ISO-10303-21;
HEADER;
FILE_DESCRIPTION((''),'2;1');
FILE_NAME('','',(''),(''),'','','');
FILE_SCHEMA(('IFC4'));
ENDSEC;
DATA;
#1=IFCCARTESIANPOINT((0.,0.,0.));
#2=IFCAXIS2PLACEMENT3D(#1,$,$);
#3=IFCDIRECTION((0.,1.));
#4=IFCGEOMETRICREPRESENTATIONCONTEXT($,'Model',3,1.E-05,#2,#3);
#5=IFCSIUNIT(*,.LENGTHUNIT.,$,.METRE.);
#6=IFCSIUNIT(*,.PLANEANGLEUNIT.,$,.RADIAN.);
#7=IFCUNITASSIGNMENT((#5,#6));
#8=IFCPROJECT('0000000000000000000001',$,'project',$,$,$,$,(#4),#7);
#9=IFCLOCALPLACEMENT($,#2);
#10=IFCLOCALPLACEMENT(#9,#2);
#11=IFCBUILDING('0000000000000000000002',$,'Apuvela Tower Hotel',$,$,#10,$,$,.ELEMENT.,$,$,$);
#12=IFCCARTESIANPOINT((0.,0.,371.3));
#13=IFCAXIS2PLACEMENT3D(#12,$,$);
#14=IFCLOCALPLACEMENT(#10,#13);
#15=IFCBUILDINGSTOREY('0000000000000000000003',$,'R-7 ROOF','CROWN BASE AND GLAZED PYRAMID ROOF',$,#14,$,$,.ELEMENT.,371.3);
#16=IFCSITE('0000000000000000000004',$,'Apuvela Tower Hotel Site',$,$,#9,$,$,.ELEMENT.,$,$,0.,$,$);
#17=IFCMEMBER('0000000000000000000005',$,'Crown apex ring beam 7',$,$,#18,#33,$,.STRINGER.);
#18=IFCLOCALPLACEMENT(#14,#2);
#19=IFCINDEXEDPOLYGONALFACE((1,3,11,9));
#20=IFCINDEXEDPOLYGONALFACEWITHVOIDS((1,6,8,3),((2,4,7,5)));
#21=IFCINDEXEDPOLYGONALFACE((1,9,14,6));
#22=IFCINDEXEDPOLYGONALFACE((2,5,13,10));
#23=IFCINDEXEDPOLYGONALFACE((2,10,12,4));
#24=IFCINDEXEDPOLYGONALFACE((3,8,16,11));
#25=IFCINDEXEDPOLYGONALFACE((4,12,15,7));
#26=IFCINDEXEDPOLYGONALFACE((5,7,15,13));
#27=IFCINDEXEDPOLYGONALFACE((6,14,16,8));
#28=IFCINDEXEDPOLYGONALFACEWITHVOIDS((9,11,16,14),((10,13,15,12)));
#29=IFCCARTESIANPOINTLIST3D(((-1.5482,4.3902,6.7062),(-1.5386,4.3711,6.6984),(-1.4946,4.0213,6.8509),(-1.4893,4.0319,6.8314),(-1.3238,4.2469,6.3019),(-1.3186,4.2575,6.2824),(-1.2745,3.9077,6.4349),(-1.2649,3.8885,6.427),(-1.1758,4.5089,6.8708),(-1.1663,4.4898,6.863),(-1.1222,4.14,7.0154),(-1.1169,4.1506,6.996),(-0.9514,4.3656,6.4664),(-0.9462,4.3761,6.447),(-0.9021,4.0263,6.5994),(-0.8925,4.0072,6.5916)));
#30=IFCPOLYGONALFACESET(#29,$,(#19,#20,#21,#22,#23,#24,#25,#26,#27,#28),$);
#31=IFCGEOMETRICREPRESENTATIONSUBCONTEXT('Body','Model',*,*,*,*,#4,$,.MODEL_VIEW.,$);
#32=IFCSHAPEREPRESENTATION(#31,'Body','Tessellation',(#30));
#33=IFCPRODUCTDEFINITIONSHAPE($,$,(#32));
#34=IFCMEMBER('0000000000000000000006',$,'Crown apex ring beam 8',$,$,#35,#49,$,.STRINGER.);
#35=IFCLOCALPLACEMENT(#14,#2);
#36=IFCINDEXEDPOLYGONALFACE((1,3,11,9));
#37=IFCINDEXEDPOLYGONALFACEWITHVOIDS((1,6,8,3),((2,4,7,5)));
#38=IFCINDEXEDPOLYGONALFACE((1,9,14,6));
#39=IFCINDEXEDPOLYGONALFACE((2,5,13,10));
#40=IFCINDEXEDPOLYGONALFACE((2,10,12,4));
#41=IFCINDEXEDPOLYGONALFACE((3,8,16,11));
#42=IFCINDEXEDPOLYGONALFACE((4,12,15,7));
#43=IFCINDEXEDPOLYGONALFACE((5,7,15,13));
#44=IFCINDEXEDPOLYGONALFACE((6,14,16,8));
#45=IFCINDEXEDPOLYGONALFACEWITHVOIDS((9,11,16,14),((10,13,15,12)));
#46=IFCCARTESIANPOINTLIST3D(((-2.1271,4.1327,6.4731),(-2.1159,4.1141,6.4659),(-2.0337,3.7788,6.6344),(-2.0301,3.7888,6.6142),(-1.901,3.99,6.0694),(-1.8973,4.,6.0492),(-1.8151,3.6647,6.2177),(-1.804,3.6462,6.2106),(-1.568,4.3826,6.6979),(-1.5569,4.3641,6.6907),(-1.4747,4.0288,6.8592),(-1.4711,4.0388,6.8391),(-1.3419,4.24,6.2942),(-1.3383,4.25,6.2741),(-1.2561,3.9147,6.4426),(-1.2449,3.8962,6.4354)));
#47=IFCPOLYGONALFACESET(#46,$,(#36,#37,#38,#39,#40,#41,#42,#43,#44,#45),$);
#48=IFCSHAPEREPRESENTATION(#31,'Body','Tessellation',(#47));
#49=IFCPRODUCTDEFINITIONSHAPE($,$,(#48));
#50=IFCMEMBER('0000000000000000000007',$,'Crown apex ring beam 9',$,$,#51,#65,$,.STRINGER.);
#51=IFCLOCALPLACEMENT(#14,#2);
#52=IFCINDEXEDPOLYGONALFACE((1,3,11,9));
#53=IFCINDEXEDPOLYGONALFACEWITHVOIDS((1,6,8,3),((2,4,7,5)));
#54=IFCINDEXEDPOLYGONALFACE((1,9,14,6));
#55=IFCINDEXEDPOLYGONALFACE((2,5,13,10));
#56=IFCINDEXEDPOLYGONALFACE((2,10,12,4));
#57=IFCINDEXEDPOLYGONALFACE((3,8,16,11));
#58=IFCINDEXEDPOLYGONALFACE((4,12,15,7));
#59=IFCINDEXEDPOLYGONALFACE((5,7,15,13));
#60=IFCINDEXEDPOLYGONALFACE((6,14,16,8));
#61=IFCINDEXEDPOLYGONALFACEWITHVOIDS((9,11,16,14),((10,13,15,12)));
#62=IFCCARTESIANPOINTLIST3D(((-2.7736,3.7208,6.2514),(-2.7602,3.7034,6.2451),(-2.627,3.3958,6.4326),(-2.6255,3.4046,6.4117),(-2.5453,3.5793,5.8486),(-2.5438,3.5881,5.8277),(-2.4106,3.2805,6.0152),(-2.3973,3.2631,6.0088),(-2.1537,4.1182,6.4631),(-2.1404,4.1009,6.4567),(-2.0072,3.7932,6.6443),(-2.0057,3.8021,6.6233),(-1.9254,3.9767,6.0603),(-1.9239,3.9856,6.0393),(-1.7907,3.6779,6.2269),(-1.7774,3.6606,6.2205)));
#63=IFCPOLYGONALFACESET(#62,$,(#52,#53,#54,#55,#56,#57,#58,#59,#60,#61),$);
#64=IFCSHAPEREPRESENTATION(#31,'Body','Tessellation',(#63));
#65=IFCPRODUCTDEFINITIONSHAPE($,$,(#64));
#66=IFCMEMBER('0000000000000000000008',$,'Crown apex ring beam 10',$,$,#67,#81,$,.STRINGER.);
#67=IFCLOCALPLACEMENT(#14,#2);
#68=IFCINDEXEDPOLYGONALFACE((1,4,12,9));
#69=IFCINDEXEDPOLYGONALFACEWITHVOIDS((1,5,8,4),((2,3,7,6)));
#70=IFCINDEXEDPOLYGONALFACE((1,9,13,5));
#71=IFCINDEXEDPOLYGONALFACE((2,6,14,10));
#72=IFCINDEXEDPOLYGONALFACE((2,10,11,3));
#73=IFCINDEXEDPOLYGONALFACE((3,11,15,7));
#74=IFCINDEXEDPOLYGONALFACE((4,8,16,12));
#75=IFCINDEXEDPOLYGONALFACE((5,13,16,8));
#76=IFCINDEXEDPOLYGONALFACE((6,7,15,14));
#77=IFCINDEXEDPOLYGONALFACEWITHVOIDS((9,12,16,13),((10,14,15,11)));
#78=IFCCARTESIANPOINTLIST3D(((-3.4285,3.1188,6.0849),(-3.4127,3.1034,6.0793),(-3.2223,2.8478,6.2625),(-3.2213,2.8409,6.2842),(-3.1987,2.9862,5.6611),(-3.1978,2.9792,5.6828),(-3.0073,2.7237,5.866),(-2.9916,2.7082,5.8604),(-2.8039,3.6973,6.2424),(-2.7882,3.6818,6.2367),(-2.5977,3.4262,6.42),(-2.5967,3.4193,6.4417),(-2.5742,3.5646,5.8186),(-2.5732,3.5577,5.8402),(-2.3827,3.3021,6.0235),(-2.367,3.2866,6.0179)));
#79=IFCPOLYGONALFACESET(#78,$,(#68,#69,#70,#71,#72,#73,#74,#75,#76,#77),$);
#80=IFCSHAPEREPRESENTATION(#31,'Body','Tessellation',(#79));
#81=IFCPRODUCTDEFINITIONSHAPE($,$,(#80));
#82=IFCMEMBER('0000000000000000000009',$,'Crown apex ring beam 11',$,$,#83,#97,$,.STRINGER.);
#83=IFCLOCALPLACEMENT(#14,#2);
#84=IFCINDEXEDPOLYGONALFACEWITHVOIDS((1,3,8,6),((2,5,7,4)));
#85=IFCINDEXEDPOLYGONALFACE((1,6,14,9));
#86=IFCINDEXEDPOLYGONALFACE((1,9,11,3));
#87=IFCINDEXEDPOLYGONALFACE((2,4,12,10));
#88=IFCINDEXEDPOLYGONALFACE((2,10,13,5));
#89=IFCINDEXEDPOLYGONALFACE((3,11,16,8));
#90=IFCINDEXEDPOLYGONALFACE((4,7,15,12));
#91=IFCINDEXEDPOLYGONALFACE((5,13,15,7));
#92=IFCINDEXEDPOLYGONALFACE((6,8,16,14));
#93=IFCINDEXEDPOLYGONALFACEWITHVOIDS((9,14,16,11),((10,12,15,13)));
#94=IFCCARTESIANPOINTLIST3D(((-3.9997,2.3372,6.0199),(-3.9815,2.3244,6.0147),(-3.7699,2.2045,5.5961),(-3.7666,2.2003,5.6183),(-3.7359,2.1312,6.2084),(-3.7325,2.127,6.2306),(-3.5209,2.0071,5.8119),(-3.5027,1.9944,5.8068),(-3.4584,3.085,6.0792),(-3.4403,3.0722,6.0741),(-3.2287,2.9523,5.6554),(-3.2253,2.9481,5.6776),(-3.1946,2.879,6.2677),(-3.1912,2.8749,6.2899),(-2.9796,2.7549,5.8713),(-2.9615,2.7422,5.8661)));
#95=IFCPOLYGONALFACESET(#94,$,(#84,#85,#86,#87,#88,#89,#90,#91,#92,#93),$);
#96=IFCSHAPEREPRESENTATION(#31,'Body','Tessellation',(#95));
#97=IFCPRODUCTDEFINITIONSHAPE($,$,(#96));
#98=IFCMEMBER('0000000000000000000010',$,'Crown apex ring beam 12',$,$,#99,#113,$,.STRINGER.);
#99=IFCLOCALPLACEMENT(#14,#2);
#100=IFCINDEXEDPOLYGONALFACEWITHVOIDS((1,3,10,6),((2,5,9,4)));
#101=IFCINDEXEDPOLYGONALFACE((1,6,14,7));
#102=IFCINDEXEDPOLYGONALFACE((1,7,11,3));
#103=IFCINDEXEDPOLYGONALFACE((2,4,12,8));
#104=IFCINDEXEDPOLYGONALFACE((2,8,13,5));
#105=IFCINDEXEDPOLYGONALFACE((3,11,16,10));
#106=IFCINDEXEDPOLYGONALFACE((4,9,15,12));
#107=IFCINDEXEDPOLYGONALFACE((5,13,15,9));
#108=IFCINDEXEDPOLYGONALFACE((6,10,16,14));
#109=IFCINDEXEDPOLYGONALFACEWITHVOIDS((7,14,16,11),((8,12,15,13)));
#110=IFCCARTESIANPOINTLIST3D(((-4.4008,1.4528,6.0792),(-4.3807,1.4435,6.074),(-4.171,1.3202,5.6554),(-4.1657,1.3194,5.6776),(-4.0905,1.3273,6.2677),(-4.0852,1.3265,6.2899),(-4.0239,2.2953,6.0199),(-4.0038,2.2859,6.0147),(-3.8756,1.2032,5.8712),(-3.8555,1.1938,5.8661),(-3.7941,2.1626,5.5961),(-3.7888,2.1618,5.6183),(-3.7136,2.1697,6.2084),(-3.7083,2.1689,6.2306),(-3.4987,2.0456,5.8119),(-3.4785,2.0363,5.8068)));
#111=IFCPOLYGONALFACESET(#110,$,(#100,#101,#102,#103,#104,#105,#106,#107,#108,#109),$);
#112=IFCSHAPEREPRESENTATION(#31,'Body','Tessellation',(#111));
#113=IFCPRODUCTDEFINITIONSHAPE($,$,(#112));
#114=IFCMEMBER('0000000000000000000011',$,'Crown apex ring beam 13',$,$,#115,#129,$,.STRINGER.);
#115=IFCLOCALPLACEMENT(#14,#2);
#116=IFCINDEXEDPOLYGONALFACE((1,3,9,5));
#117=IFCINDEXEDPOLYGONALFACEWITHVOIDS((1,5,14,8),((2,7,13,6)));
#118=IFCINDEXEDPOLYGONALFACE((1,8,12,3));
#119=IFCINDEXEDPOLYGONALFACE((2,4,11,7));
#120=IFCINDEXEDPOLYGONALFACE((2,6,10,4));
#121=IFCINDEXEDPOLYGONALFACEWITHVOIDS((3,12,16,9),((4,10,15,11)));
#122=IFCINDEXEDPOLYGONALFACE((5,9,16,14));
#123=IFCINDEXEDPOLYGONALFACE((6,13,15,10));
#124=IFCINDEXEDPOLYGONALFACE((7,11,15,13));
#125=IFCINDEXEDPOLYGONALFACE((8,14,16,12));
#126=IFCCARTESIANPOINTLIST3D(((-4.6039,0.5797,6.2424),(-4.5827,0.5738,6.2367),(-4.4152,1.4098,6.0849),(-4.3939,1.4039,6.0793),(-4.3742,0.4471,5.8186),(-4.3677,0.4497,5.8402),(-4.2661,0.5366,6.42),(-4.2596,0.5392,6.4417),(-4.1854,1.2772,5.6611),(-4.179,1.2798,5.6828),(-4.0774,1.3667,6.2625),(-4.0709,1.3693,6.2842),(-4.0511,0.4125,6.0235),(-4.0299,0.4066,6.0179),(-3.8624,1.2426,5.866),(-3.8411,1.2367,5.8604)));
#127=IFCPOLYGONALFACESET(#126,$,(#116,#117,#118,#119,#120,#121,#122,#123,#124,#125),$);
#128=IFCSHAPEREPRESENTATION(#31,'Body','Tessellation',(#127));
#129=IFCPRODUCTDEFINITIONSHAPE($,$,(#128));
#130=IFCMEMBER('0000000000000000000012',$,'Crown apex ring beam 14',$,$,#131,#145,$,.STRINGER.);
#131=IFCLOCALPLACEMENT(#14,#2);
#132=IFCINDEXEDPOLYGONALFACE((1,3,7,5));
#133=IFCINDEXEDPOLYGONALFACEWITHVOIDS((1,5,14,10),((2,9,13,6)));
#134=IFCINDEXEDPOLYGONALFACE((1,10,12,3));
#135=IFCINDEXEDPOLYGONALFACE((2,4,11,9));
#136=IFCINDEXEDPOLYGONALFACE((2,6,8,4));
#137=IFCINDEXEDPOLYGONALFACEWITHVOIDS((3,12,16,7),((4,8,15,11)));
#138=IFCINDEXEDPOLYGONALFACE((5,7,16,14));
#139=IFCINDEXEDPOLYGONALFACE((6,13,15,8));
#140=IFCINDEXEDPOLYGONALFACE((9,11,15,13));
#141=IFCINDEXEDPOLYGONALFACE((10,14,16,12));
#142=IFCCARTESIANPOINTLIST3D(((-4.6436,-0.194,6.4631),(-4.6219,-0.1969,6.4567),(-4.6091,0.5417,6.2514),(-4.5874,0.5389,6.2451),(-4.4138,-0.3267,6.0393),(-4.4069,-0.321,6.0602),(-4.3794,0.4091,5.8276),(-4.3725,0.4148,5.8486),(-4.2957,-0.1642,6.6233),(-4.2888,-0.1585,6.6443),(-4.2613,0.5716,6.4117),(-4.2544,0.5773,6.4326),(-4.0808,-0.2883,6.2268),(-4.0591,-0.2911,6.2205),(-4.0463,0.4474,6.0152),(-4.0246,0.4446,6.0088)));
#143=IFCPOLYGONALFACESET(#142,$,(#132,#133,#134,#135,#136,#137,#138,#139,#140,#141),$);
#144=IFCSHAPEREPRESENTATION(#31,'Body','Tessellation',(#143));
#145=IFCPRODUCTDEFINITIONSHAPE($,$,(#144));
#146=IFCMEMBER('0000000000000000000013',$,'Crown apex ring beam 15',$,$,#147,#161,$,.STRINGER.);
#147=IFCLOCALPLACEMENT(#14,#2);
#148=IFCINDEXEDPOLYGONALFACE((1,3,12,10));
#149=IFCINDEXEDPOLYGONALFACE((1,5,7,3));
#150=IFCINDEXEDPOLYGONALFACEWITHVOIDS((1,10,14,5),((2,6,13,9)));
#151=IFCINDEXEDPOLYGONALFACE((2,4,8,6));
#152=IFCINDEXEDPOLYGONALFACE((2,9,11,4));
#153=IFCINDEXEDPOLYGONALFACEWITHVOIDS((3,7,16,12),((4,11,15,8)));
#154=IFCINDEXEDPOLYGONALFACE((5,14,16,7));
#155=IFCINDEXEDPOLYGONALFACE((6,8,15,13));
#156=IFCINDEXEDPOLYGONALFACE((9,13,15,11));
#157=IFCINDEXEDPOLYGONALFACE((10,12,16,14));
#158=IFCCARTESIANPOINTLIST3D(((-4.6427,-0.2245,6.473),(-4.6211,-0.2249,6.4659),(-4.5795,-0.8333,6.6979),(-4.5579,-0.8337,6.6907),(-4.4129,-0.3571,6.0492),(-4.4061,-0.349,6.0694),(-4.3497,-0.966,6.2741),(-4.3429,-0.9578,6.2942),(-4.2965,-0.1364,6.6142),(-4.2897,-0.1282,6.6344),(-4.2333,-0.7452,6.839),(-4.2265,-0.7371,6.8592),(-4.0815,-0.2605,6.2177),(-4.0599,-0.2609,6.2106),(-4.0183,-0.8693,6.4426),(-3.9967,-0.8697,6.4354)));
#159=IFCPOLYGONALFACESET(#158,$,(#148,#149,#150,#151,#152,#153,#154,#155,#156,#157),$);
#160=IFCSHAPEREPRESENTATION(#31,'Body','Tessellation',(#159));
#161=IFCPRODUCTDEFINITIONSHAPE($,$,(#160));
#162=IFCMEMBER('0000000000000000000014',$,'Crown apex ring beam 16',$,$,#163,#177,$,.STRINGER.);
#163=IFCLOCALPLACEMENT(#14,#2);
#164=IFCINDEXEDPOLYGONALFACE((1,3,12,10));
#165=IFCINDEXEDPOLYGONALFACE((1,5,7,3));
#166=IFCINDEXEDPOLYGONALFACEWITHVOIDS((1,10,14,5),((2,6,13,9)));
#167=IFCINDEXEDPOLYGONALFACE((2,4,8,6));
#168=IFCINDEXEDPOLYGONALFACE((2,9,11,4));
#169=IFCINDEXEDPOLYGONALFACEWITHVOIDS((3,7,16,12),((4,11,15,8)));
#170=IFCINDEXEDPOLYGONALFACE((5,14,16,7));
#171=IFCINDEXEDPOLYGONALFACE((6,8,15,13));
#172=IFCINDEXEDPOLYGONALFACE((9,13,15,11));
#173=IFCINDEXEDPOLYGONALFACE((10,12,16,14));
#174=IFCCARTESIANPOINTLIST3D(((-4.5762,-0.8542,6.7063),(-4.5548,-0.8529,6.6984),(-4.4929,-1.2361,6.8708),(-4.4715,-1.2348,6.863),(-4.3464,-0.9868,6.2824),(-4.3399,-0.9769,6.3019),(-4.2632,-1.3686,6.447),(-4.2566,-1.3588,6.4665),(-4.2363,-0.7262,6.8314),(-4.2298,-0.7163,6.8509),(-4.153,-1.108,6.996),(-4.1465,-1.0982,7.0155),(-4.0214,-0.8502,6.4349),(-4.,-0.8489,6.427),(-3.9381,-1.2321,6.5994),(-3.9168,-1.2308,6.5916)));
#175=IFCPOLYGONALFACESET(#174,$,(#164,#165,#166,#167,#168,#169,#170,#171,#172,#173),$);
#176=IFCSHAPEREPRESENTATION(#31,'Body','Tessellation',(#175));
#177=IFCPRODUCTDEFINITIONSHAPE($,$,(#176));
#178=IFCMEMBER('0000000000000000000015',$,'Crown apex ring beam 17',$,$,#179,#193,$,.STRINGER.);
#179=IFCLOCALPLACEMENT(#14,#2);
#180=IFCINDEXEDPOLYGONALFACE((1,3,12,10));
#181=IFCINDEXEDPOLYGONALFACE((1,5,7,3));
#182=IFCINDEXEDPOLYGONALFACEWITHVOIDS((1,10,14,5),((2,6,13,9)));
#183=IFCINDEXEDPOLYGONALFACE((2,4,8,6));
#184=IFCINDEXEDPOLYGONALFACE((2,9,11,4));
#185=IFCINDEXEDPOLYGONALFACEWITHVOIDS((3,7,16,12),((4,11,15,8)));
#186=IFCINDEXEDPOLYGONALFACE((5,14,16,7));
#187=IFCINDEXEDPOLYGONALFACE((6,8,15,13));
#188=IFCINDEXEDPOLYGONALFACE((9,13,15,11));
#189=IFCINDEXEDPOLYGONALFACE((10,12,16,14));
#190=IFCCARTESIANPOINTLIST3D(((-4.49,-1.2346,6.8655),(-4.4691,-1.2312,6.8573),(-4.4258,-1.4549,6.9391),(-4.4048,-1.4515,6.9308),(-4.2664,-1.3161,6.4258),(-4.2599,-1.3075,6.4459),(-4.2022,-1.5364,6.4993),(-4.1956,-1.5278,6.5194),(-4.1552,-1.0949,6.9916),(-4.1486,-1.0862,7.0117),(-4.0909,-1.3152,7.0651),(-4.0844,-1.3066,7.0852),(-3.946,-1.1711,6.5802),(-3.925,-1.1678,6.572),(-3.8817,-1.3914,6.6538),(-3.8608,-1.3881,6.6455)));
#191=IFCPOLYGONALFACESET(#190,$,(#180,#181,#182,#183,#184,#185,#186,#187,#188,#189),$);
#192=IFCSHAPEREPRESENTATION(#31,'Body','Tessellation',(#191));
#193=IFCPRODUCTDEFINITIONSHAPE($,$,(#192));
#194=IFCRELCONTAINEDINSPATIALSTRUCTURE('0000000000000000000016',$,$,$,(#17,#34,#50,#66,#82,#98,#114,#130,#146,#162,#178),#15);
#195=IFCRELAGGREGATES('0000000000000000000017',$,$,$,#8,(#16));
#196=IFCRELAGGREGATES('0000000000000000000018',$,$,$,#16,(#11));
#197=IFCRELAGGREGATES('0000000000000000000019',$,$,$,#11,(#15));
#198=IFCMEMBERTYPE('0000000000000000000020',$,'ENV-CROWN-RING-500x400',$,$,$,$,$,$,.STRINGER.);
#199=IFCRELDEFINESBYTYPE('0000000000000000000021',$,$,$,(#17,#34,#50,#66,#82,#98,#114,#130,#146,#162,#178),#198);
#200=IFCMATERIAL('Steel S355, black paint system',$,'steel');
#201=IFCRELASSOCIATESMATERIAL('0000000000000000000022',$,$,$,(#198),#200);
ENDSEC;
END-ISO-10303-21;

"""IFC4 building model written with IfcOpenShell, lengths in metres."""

from ifc_helpers import new_model, si_unit, direction, frame, origin, origin_2d, place, context, subcontext, project, spatial, hollow_rectangle, extrude, material, material_profile, profile_set, type_object, element, save


model = new_model("IFC4")

# Units and contexts
model_context = context("Model", 3, precision=1e-05, world=origin(), true_north=direction((0.0, 1.0)))
body_context = subcontext(model_context, "Body", "Model", "MODEL_VIEW")
ifc_project = project(units=[si_unit("LENGTHUNIT", "METRE"), si_unit("PLANEANGLEUNIT", "RADIAN")], contexts=[model_context])

# Site, building, storey
site_placement = place(None, origin())
site = spatial("IfcSite", under=ifc_project, at=site_placement, Name="Apuvela Tower Hotel Site", CompositionType="ELEMENT", RefElevation=0.0)
building_placement = place(site_placement, origin())
building = spatial("IfcBuilding", under=site, at=building_placement, Name="Apuvela Tower Hotel", CompositionType="ELEMENT")
storey_placement = place(building_placement, frame((0.0, 0.0, 371.3)))
storey = spatial("IfcBuildingStorey", under=building, at=storey_placement, Name="R-7 ROOF", Description="CROWN BASE AND GLAZED PYRAMID ROOF", CompositionType="ELEMENT", Elevation=371.3)

# Members
ifc_material_1 = material(Name="Steel S355, black paint system", Category="steel")
ifc_material_profile_1 = material_profile(ifc_material_1, hollow_rectangle(XDim=0.3999, YDim=0.5, WallThickness=0.0161, at=origin_2d()), Name="HSS 500x400x16")
ifc_profile_set_1 = profile_set([ifc_material_profile_1], Name="Steel S355, black paint system")
member_type_1 = type_object("IfcMemberType", Name="ENV-CROWN-RING-500x400", PredefinedType="STRINGER", material=ifc_profile_set_1)
member_1_placement = place(storey_placement, frame((-1.0342, 4.2581, 6.7312), z_axis=(-0.878106, -0.279842, -0.388094), x_axis=(0.134165, -0.922594, 0.361691)))
element("IfcMember", 1, at=member_1_placement, inside=storey, type_object=member_type_1, Name="Crown apex ring beam 7", PredefinedType="STRINGER", context=body_context, shape_type="SweptSolid", body=[
    extrude(hollow_rectangle(XDim=0.3999, YDim=0.5, WallThickness=0.0161, at=origin_2d()), origin(), (0.0, 0.0, 1.0), 0.4241),
])
member_2_placement = place(storey_placement, frame((-1.4065, 4.1394, 6.5667), z_axis=(-0.856956, -0.383198, -0.344653), x_axis=(0.233376, -0.884751, 0.403425)))
element("IfcMember", 2, at=member_2_placement, inside=storey, type_object=member_type_1, Name="Crown apex ring beam 8", PredefinedType="STRINGER", context=body_context, shape_type="SweptSolid", body=[
    extrude(hollow_rectangle(XDim=0.3999, YDim=0.5, WallThickness=0.0161, at=origin_2d()), origin(), (0.0, 0.0, 1.0), 0.6523),
])
member_3_placement = place(storey_placement, frame((-1.9656, 3.8894, 6.3418), z_axis=(-0.80905, -0.518761, -0.276269), x_axis=(0.366375, -0.812693, 0.4531)))
element("IfcMember", 3, at=member_3_placement, inside=storey, type_object=member_type_1, Name="Crown apex ring beam 9", PredefinedType="STRINGER", context=body_context, shape_type="SweptSolid", body=[
    extrude(hollow_rectangle(XDim=0.3999, YDim=0.5, WallThickness=0.0161, at=origin_2d()), origin(), (0.0, 0.0, 1.0), 0.7661),
])
member_4_placement = place(storey_placement, frame((-2.5854, 3.4919, 6.1301), z_axis=(-0.72145, -0.668145, -0.181914), x_axis=(0.518054, -0.695098, 0.498456)))
element("IfcMember", 4, at=member_4_placement, inside=storey, type_object=member_type_1, Name="Crown apex ring beam 10", PredefinedType="STRINGER", context=body_context, shape_type="SweptSolid", body=[
    extrude(hollow_rectangle(XDim=0.3999, YDim=0.5, WallThickness=0.0161, at=origin_2d()), origin(), (0.0, 0.0, 1.0), 0.8657),
])
member_5_placement = place(storey_placement, frame((-3.21, 2.9136, 5.9727), z_axis=(-0.585123, -0.808404, -0.064134), x_axis=(0.668176, -0.525416, 0.526763)))
element("IfcMember", 5, at=member_5_placement, inside=storey, type_object=member_type_1, Name="Crown apex ring beam 11", PredefinedType="STRINGER", context=body_context, shape_type="SweptSolid", body=[
    extrude(hollow_rectangle(XDim=0.3999, YDim=0.5, WallThickness=0.0161, at=origin_2d()), origin(), (0.0, 0.0, 1.0), 0.925),
])
member_6_placement = place(storey_placement, frame((-3.7512, 2.1658, 5.9133), z_axis=(-0.407554, -0.910926, 0.064142), x_axis=(0.789107, -0.31596, 0.526763)))
element("IfcMember", 6, at=member_6_placement, inside=storey, type_object=member_type_1, Name="Crown apex ring beam 12", PredefinedType="STRINGER", context=body_context, shape_type="SweptSolid", body=[
    extrude(hollow_rectangle(XDim=0.3999, YDim=0.5, WallThickness=0.0161, at=origin_2d()), origin(), (0.0, 0.0, 1.0), 0.9248),
])
member_7_placement = place(storey_placement, frame((-4.1282, 1.3232, 5.9727), z_axis=(-0.217997, -0.958848, 0.181899), x_axis=(0.860989, -0.101188, 0.498457)))
element("IfcMember", 7, at=member_7_placement, inside=storey, type_object=member_type_1, Name="Crown apex ring beam 13", PredefinedType="STRINGER", context=body_context, shape_type="SweptSolid", body=[
    extrude(hollow_rectangle(XDim=0.3999, YDim=0.5, WallThickness=0.0161, at=origin_2d()), origin(), (0.0, 0.0, 1.0), 0.8657),
])
member_8_placement = place(storey_placement, frame((-4.3169, 0.4932, 6.1301), z_axis=(-0.044913, -0.960059, 0.276168), x_axis=(0.887014, 0.088846, 0.453114)))
element("IfcMember", 8, at=member_8_placement, inside=storey, type_object=member_type_1, Name="Crown apex ring beam 14", PredefinedType="STRINGER", context=body_context, shape_type="SweptSolid", body=[
    extrude(hollow_rectangle(XDim=0.3999, YDim=0.5, WallThickness=0.0161, at=origin_2d()), origin(), (0.0, 0.0, 1.0), 0.7664),
])
member_9_placement = place(storey_placement, frame((-4.3513, -0.2427, 6.3418), z_axis=(0.09696, -0.93366, 0.344788), x_axis=(0.882809, 0.240651, 0.403404)))
element("IfcMember", 9, at=member_9_placement, inside=storey, type_object=member_type_1, Name="Crown apex ring beam 15", PredefinedType="STRINGER", context=body_context, shape_type="SweptSolid", body=[
    extrude(hollow_rectangle(XDim=0.3999, YDim=0.5, WallThickness=0.0161, at=origin_2d()), origin(), (0.0, 0.0, 1.0), 0.6521),
])
member_10_placement = place(storey_placement, frame((-4.2881, -0.8516, 6.5667), z_axis=(0.196332, -0.90048, 0.388059), x_axis=(0.866218, 0.344734, 0.361697)))
element("IfcMember", 10, at=member_10_placement, inside=storey, type_object=member_type_1, Name="Crown apex ring beam 16", PredefinedType="STRINGER", context=body_context, shape_type="SweptSolid", body=[
    extrude(hollow_rectangle(XDim=0.3999, YDim=0.5, WallThickness=0.0161, at=origin_2d()), origin(), (0.0, 0.0, 1.0), 0.4241),
])
member_11_placement = place(storey_placement, frame((-4.2075, -1.2012, 6.7188), z_axis=(0.266573, -0.914254, 0.305089), x_axis=(0.853763, 0.370879, 0.365427)))
element("IfcMember", 11, at=member_11_placement, inside=storey, type_object=member_type_1, Name="Crown apex ring beam 17", PredefinedType="STRINGER", context=body_context, shape_type="SweptSolid", body=[
    extrude(hollow_rectangle(XDim=0.3999, YDim=0.5, WallThickness=0.0161, at=origin_2d()), origin(), (0.0, 0.0, 1.0), 0.241),
])

save(model, "model.ifc")
